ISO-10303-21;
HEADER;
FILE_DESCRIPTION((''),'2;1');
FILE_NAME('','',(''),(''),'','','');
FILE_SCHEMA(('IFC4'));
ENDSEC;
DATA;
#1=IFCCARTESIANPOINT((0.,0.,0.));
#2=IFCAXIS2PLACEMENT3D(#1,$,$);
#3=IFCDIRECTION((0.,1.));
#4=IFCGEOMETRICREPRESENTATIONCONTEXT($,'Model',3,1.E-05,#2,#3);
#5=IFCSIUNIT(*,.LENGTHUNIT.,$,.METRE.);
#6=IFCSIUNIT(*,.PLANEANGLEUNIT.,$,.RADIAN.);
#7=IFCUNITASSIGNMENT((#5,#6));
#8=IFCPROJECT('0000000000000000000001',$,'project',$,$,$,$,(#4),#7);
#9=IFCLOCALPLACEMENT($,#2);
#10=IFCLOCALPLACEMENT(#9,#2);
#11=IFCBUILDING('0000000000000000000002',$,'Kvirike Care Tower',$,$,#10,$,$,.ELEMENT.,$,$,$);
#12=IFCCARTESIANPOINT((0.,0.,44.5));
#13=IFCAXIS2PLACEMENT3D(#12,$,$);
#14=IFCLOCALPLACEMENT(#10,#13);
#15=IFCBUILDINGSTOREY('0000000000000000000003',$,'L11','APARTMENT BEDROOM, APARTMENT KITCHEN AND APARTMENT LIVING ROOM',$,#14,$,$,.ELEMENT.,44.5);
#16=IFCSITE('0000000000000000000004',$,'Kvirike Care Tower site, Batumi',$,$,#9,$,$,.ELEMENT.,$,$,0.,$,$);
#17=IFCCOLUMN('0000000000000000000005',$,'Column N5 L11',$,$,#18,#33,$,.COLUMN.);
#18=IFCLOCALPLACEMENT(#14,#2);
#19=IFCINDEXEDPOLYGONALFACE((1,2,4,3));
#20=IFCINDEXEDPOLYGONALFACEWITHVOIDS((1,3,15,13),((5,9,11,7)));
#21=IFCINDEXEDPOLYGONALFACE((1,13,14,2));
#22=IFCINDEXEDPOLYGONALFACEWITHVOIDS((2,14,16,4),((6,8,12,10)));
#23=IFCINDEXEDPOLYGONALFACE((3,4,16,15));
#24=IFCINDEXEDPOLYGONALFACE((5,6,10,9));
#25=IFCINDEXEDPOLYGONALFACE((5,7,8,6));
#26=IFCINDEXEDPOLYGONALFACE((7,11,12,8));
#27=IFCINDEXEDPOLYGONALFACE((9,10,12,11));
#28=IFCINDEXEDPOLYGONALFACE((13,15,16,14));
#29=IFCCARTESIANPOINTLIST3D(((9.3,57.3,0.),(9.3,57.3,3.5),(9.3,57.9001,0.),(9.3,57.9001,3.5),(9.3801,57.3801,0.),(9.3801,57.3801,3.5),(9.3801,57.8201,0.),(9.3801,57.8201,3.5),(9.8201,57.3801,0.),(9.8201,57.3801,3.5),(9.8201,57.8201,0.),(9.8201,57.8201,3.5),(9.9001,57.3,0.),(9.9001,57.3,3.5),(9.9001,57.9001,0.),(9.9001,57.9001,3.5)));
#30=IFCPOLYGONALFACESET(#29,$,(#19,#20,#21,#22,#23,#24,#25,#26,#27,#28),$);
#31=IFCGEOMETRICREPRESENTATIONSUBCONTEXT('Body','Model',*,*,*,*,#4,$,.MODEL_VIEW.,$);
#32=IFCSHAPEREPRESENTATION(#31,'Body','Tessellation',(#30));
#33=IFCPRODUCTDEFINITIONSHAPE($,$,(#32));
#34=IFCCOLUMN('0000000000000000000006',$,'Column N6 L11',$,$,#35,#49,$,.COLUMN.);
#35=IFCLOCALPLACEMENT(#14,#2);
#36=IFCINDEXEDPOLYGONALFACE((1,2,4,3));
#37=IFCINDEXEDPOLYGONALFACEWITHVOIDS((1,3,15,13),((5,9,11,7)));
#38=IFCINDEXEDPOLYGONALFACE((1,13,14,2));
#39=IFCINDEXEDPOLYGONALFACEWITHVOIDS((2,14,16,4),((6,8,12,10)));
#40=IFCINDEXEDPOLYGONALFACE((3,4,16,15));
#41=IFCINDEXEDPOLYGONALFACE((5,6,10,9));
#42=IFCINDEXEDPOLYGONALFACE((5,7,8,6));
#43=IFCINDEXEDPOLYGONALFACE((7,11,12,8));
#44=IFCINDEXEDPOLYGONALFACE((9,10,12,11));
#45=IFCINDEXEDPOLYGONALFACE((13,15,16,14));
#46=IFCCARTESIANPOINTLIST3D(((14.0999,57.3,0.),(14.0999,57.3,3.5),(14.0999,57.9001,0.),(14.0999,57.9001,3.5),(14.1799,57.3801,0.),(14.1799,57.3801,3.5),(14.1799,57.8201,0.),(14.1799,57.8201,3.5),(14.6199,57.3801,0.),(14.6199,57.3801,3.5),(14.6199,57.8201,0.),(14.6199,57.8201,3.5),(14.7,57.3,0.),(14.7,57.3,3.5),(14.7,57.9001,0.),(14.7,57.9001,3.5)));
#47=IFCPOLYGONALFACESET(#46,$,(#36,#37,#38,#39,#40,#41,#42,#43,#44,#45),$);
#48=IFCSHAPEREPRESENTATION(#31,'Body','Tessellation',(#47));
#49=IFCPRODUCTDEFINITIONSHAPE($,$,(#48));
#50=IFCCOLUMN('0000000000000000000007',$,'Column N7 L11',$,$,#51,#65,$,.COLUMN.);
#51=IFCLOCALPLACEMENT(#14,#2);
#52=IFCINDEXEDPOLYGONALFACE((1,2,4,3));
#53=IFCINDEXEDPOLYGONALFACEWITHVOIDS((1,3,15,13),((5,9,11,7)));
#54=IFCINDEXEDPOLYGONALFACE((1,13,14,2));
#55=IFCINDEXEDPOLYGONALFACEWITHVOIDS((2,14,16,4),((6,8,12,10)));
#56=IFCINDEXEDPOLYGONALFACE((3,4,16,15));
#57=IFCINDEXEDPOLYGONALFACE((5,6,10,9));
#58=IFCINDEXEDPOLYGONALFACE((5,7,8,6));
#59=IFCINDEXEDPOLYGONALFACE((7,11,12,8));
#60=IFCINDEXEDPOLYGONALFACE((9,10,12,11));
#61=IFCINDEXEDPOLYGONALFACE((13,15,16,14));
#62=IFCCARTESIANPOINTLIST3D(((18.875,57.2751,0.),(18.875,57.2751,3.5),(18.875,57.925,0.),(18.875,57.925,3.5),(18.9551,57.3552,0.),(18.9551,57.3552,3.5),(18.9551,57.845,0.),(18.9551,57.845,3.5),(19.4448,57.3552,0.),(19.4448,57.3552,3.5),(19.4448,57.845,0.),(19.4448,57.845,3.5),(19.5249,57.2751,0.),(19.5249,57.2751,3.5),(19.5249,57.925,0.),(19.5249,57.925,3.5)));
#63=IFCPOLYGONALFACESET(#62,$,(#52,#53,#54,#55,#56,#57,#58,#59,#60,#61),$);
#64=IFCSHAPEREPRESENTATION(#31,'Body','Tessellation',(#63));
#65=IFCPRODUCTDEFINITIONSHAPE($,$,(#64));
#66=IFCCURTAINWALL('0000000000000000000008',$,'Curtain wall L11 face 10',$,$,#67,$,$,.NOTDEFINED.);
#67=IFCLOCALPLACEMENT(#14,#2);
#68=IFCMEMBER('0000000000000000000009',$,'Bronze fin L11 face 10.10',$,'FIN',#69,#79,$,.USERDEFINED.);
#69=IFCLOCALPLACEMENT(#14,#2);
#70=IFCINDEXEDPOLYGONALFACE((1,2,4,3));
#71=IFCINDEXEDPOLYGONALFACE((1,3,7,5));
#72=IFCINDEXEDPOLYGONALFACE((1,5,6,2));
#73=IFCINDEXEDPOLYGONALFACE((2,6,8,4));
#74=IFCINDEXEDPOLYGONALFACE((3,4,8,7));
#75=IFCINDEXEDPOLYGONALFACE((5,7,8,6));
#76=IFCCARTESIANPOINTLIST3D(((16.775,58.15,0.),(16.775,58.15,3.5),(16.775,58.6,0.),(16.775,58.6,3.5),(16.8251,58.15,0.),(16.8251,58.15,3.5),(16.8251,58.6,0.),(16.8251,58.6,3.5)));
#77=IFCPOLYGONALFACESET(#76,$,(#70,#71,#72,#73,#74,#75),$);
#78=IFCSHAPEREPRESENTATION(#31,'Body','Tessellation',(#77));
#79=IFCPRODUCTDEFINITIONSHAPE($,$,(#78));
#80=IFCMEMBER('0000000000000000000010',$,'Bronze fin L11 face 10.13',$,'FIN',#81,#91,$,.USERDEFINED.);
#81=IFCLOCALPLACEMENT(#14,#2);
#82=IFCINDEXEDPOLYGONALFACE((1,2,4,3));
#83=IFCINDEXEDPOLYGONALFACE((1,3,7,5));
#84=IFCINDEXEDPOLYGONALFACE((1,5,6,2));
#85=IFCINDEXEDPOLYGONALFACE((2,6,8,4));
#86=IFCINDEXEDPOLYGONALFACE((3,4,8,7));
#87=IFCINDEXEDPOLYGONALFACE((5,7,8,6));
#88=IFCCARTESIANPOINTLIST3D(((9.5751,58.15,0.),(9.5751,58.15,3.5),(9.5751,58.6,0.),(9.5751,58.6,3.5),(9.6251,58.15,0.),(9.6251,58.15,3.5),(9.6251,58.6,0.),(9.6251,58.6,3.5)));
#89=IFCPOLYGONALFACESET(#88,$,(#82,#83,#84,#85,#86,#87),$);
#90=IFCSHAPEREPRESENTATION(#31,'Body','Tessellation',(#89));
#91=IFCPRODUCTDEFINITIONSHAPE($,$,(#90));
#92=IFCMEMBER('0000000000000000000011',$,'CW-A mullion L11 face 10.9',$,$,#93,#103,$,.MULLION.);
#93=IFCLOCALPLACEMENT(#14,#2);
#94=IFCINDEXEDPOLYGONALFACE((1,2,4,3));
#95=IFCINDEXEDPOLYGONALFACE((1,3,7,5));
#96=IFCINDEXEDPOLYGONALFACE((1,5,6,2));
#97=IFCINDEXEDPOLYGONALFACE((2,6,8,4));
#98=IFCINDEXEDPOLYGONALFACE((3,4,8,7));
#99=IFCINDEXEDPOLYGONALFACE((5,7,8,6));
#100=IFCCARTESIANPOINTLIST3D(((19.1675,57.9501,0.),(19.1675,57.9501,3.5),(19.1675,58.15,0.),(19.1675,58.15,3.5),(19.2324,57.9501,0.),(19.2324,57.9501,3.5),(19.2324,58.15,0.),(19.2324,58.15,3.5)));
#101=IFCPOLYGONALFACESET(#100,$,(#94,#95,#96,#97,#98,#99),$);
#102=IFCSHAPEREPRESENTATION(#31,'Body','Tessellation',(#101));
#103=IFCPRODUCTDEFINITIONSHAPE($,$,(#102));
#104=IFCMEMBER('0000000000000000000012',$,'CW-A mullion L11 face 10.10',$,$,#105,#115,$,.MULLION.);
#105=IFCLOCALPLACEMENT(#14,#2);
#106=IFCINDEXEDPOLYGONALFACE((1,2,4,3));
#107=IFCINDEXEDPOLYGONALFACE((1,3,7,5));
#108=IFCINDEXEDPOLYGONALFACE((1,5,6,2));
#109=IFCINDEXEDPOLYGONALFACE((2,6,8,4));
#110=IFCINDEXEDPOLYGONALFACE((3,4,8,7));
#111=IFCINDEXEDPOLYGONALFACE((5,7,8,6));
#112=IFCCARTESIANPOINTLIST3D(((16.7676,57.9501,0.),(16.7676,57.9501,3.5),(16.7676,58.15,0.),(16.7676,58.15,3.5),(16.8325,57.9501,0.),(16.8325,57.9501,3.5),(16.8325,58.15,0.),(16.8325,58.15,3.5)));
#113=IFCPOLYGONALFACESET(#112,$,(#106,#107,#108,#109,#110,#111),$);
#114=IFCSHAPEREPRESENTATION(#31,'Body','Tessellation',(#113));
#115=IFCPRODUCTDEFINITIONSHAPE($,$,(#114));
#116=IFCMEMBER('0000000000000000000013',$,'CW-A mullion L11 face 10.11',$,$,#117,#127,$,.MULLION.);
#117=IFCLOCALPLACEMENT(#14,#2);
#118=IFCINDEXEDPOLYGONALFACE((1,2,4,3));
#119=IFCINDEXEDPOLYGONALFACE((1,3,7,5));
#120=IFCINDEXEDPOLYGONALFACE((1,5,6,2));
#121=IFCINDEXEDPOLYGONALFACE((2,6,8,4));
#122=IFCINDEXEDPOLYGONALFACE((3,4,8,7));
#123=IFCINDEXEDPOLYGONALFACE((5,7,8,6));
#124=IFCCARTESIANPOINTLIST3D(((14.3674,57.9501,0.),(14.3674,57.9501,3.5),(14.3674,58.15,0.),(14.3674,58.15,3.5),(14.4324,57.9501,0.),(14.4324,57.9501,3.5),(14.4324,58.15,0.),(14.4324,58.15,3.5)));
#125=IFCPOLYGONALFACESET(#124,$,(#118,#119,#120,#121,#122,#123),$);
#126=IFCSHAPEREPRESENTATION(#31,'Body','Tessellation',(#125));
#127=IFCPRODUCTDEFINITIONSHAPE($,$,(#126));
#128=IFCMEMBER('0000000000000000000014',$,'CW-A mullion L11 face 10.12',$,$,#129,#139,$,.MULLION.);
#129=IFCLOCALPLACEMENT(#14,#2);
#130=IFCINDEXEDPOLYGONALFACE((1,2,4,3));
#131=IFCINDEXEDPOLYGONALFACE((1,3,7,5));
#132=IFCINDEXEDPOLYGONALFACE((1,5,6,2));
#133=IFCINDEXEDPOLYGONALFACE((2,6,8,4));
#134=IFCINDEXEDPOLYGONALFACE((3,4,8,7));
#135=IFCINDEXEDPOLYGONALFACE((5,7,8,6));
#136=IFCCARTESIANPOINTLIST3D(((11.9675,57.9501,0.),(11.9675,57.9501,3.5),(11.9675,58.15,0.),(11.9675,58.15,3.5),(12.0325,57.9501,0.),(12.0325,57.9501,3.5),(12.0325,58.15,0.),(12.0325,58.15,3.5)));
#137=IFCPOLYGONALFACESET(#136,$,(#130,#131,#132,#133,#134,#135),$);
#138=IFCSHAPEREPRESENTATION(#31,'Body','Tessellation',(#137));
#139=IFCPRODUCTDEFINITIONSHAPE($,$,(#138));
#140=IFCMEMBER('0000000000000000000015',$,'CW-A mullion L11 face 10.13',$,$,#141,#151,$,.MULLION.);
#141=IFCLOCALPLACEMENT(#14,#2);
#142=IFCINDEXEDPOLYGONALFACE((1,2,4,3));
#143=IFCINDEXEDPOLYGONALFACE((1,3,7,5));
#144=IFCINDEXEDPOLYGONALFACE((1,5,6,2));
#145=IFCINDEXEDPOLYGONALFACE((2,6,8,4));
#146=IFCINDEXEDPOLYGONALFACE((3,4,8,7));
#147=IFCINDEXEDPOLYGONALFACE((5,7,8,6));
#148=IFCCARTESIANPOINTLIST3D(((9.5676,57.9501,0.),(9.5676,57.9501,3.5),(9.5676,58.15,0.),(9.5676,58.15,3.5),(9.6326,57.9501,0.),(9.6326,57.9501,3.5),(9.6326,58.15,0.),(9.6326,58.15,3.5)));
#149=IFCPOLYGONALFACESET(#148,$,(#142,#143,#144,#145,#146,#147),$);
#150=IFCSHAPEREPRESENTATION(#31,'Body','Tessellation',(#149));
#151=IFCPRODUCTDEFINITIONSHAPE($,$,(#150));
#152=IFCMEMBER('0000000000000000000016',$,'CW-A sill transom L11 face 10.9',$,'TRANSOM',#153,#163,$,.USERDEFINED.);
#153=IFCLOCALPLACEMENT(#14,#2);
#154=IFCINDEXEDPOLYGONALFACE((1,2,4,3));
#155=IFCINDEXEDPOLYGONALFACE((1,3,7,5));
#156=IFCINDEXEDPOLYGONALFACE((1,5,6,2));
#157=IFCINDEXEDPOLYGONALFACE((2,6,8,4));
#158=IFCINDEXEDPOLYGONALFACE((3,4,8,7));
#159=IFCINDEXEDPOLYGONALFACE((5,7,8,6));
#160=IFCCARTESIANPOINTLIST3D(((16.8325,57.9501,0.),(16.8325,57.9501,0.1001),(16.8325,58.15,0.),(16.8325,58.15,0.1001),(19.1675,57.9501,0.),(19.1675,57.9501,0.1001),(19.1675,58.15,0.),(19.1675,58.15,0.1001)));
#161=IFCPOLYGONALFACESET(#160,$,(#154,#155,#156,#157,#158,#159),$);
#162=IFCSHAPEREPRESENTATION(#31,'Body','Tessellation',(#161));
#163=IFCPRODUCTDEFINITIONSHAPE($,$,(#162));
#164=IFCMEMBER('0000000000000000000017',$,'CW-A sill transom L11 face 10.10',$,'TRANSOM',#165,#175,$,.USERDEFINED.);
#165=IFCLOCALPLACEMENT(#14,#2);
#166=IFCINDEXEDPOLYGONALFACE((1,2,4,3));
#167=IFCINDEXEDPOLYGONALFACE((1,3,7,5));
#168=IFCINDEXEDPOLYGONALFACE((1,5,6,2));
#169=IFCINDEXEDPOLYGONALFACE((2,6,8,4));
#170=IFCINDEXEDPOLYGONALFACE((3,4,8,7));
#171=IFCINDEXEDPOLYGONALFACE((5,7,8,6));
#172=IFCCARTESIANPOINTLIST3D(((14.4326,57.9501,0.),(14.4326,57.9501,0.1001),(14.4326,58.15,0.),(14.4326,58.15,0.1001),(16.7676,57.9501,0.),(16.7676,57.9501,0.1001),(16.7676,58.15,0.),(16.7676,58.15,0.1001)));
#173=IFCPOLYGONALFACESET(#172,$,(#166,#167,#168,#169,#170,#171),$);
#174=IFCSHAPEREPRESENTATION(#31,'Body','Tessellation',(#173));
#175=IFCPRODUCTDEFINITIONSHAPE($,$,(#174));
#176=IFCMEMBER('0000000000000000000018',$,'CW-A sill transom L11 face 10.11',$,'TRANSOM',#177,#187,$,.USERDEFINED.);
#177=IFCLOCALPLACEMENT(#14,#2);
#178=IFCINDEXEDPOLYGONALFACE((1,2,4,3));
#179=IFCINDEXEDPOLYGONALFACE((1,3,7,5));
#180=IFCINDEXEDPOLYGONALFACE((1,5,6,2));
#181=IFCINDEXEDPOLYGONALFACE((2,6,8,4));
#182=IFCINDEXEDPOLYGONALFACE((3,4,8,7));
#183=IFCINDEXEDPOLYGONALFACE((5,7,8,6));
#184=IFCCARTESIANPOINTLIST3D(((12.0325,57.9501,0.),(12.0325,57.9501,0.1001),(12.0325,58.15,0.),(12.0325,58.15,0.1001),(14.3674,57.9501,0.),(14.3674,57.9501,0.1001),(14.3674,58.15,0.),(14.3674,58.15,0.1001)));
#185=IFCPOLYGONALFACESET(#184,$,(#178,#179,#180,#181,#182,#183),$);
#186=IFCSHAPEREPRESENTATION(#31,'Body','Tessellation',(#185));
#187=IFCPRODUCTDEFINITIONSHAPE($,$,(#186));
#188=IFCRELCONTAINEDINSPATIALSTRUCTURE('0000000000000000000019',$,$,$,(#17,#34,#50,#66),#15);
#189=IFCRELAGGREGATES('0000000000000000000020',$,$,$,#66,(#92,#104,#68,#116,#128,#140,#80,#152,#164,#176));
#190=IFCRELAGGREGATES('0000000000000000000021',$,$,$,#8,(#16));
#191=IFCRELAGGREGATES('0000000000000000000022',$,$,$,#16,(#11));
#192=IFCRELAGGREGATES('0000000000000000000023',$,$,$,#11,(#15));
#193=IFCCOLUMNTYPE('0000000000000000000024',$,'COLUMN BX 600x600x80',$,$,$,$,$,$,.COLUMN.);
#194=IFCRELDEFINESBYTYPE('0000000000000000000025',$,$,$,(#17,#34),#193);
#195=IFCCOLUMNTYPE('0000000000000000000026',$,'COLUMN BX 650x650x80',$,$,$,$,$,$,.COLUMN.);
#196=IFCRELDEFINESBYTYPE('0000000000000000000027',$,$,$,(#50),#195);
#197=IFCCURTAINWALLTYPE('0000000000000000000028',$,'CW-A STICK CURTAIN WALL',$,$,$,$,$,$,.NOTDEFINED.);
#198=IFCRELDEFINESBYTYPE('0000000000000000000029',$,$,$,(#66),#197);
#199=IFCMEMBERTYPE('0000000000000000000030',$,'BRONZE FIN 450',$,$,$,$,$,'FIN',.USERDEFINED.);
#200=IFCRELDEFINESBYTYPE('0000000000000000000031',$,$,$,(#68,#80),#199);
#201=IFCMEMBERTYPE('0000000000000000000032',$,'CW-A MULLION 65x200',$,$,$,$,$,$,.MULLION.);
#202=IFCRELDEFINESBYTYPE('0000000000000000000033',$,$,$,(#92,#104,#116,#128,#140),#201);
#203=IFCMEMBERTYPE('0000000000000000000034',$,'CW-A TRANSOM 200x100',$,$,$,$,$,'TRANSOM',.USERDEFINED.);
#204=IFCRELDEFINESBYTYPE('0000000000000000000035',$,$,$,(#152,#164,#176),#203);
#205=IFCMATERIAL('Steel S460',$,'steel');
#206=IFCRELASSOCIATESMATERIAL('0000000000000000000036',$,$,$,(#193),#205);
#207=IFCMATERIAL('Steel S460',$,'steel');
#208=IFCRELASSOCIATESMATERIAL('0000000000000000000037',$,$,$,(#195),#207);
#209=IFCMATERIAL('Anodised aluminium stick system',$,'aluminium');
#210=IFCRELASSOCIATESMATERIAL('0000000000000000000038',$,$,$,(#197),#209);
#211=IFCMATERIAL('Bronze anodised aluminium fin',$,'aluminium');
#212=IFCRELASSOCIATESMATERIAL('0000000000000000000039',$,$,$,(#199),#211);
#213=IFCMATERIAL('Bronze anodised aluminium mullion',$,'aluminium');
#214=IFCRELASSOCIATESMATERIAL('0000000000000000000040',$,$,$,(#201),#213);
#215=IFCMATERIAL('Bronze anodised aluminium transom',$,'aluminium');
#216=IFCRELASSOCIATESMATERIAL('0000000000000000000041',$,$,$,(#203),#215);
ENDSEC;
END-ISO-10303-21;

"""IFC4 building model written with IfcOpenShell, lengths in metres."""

from ifc_helpers import new_model, si_unit, direction, frame, origin, origin_2d, place, context, subcontext, project, spatial, rectangle, hollow_rectangle, extrude, material, material_profile, profile_set, type_object, element, aggregate, save


model = new_model("IFC4")

# Units and contexts
model_context = context("Model", 3, precision=1e-05, world=origin(), true_north=direction((0.0, 1.0)))
body_context = subcontext(model_context, "Body", "Model", "MODEL_VIEW")
ifc_project = project(units=[si_unit("LENGTHUNIT", "METRE"), si_unit("PLANEANGLEUNIT", "RADIAN")], contexts=[model_context])

# Site, building, storey
site_placement = place(None, origin())
site = spatial("IfcSite", under=ifc_project, at=site_placement, Name="Kvirike Care Tower site, Batumi", CompositionType="ELEMENT", RefElevation=0.0)
building_placement = place(site_placement, origin())
building = spatial("IfcBuilding", under=site, at=building_placement, Name="Kvirike Care Tower", CompositionType="ELEMENT")
storey_placement = place(building_placement, frame((0.0, 0.0, 44.5)))
storey = spatial("IfcBuildingStorey", under=building, at=storey_placement, Name="L11", Description="APARTMENT BEDROOM, APARTMENT KITCHEN AND APARTMENT LIVING ROOM", CompositionType="ELEMENT", Elevation=44.5)

# Columns
ifc_material_1 = material(Name="Steel S460", Category="steel")
ifc_material_profile_1 = material_profile(ifc_material_1, hollow_rectangle(XDim=0.6001, YDim=0.6001, WallThickness=0.0801, at=origin_2d()), Name="BX 600x600x80")
ifc_profile_set_1 = profile_set([ifc_material_profile_1], Name="Steel S460")
column_type_1 = type_object("IfcColumnType", Name="COLUMN BX 600x600x80", PredefinedType="COLUMN", material=ifc_profile_set_1)
for number, where, z_axis, x_axis, name in (
    (1, (9.6001, 57.6001, 0.0), (0.0, 0.0, 1.0), (0.0, 1.0, 0.0), "Column N5 L11"),
    (2, (14.3999, 57.6001, 0.0), (0.0, 0.0, 1.0), (0.0, 1.0, 0.0), "Column N6 L11"),
):
    element("IfcColumn", number, at=place(storey_placement, frame(where, z_axis=z_axis, x_axis=x_axis)), inside=storey, type_object=column_type_1, Name=name, PredefinedType="COLUMN", context=body_context, shape_type="SweptSolid", body=[
        extrude(hollow_rectangle(XDim=0.6001, YDim=0.6001, WallThickness=0.0801, at=origin_2d()), origin(), (0.0, 0.0, 1.0), 3.5),
    ])
ifc_material_2 = material(Name="Steel S460", Category="steel")
ifc_material_profile_2 = material_profile(ifc_material_2, hollow_rectangle(XDim=0.6499, YDim=0.6499, WallThickness=0.0801, at=origin_2d()), Name="BX 650x650x80")
ifc_profile_set_2 = profile_set([ifc_material_profile_2], Name="Steel S460")
column_type_2 = type_object("IfcColumnType", Name="COLUMN BX 650x650x80", PredefinedType="COLUMN", material=ifc_profile_set_2)
column_placement = place(storey_placement, frame((19.2, 57.6001, 0.0), z_axis=(0.0, 0.0, 1.0), x_axis=(0.0, 1.0, 0.0)))
element("IfcColumn", 3, at=column_placement, inside=storey, type_object=column_type_2, Name="Column N7 L11", PredefinedType="COLUMN", context=body_context, shape_type="SweptSolid", body=[
    extrude(hollow_rectangle(XDim=0.6499, YDim=0.6499, WallThickness=0.0801, at=origin_2d()), origin(), (0.0, 0.0, 1.0), 3.5),
])

# Curtain wall, members
ifc_material_3 = material(Name="Anodised aluminium stick system", Category="aluminium")
curtain_wall_type = type_object("IfcCurtainWallType", Name="CW-A STICK CURTAIN WALL", PredefinedType="NOTDEFINED", material=ifc_material_3)
curtain_wall_placement = place(storey_placement, origin())
curtain_wall = element("IfcCurtainWall", 4, at=curtain_wall_placement, inside=storey, type_object=curtain_wall_type, Name="Curtain wall L11 face 10", PredefinedType="NOTDEFINED")
ifc_material_4 = material(Name="Bronze anodised aluminium fin", Category="aluminium")
ifc_material_profile_3 = material_profile(ifc_material_4, rectangle(XDim=0.05, YDim=0.45, at=origin_2d()), Name="BRONZE FIN 450")
ifc_profile_set_3 = profile_set([ifc_material_profile_3], Name="Bronze anodised aluminium fin")
member_type_1 = type_object("IfcMemberType", Name="BRONZE FIN 450", ElementType="FIN", PredefinedType="USERDEFINED", material=ifc_profile_set_3)
member_1_placement = place(storey_placement, frame((16.8, 58.375, 0.0), z_axis=(0.0, 0.0, 1.0), x_axis=(-1.0, 0.0, 0.0)))
member_1 = element("IfcMember", 5, at=member_1_placement, type_object=member_type_1, Name="Bronze fin L11 face 10.10", ObjectType="FIN", PredefinedType="USERDEFINED", context=body_context, shape_type="SweptSolid", body=[
    extrude(rectangle(XDim=0.05, YDim=0.45, at=origin_2d()), origin(), (0.0, 0.0, 1.0), 3.5),
])
member_2_placement = place(storey_placement, frame((9.6001, 58.375, 0.0), z_axis=(0.0, 0.0, 1.0), x_axis=(-1.0, 0.0, 0.0)))
member_2 = element("IfcMember", 6, at=member_2_placement, type_object=member_type_1, Name="Bronze fin L11 face 10.13", ObjectType="FIN", PredefinedType="USERDEFINED", context=body_context, shape_type="SweptSolid", body=[
    extrude(rectangle(XDim=0.05, YDim=0.45, at=origin_2d()), origin(), (0.0, 0.0, 1.0), 3.5),
])
ifc_material_5 = material(Name="Bronze anodised aluminium mullion", Category="aluminium")
ifc_material_profile_4 = material_profile(ifc_material_5, rectangle(XDim=0.0649, YDim=0.2, at=origin_2d()), Name="CW-A MULLION 65x200")
ifc_profile_set_4 = profile_set([ifc_material_profile_4], Name="Bronze anodised aluminium mullion")
member_type_2 = type_object("IfcMemberType", Name="CW-A MULLION 65x200", PredefinedType="MULLION", material=ifc_profile_set_4)
member_3_placement = place(storey_placement, frame((19.2, 58.05, 0.0), z_axis=(0.0, 0.0, 1.0), x_axis=(-1.0, 0.0, 0.0)))
member_3 = element("IfcMember", 7, at=member_3_placement, type_object=member_type_2, Name="CW-A mullion L11 face 10.9", PredefinedType="MULLION", context=body_context, shape_type="SweptSolid", body=[
    extrude(rectangle(XDim=0.0649, YDim=0.2, at=origin_2d()), origin(), (0.0, 0.0, 1.0), 3.5),
])
member_4_placement = place(storey_placement, frame((16.8, 58.05, 0.0), z_axis=(0.0, 0.0, 1.0), x_axis=(-1.0, 0.0, 0.0)))
member_4 = element("IfcMember", 8, at=member_4_placement, type_object=member_type_2, Name="CW-A mullion L11 face 10.10", PredefinedType="MULLION", context=body_context, shape_type="SweptSolid", body=[
    extrude(rectangle(XDim=0.0649, YDim=0.2, at=origin_2d()), origin(), (0.0, 0.0, 1.0), 3.5),
])
member_5_placement = place(storey_placement, frame((14.3999, 58.05, 0.0), z_axis=(0.0, 0.0, 1.0), x_axis=(-1.0, 0.0, 0.0)))
member_5 = element("IfcMember", 9, at=member_5_placement, type_object=member_type_2, Name="CW-A mullion L11 face 10.11", PredefinedType="MULLION", context=body_context, shape_type="SweptSolid", body=[
    extrude(rectangle(XDim=0.0649, YDim=0.2, at=origin_2d()), origin(), (0.0, 0.0, 1.0), 3.5),
])
member_6_placement = place(storey_placement, frame((12.0, 58.05, 0.0), z_axis=(0.0, 0.0, 1.0), x_axis=(-1.0, 0.0, 0.0)))
member_6 = element("IfcMember", 10, at=member_6_placement, type_object=member_type_2, Name="CW-A mullion L11 face 10.12", PredefinedType="MULLION", context=body_context, shape_type="SweptSolid", body=[
    extrude(rectangle(XDim=0.0649, YDim=0.2, at=origin_2d()), origin(), (0.0, 0.0, 1.0), 3.5),
])
member_7_placement = place(storey_placement, frame((9.6001, 58.05, 0.0), z_axis=(0.0, 0.0, 1.0), x_axis=(-1.0, 0.0, 0.0)))
member_7 = element("IfcMember", 11, at=member_7_placement, type_object=member_type_2, Name="CW-A mullion L11 face 10.13", PredefinedType="MULLION", context=body_context, shape_type="SweptSolid", body=[
    extrude(rectangle(XDim=0.0649, YDim=0.2, at=origin_2d()), origin(), (0.0, 0.0, 1.0), 3.5),
])
ifc_material_6 = material(Name="Bronze anodised aluminium transom", Category="aluminium")
ifc_material_profile_5 = material_profile(ifc_material_6, rectangle(XDim=0.2, YDim=0.1001, at=origin_2d()), Name="CW-A TRANSOM 200x100")
ifc_profile_set_5 = profile_set([ifc_material_profile_5], Name="Bronze anodised aluminium transom")
member_type_3 = type_object("IfcMemberType", Name="CW-A TRANSOM 200x100", ElementType="TRANSOM", PredefinedType="USERDEFINED", material=ifc_profile_set_5)
member_8_placement = place(storey_placement, frame((19.1675, 58.05, 0.05), z_axis=(-1.0, 0.0, 0.0), x_axis=(0.0, -1.0, 0.0)))
member_8 = element("IfcMember", 12, at=member_8_placement, type_object=member_type_3, Name="CW-A sill transom L11 face 10.9", ObjectType="TRANSOM", PredefinedType="USERDEFINED", context=body_context, shape_type="SweptSolid", body=[
    extrude(rectangle(XDim=0.2, YDim=0.1001, at=origin_2d()), origin(), (0.0, 0.0, 1.0), 2.335),
])
member_9_placement = place(storey_placement, frame((16.7676, 58.05, 0.05), z_axis=(-1.0, 0.0, 0.0), x_axis=(0.0, -1.0, 0.0)))
member_9 = element("IfcMember", 13, at=member_9_placement, type_object=member_type_3, Name="CW-A sill transom L11 face 10.10", ObjectType="TRANSOM", PredefinedType="USERDEFINED", context=body_context, shape_type="SweptSolid", body=[
    extrude(rectangle(XDim=0.2, YDim=0.1001, at=origin_2d()), origin(), (0.0, 0.0, 1.0), 2.335),
])
member_10_placement = place(storey_placement, frame((14.3674, 58.05, 0.05), z_axis=(-1.0, 0.0, 0.0), x_axis=(0.0, -1.0, 0.0)))
member_10 = element("IfcMember", 14, at=member_10_placement, type_object=member_type_3, Name="CW-A sill transom L11 face 10.11", ObjectType="TRANSOM", PredefinedType="USERDEFINED", context=body_context, shape_type="SweptSolid", body=[
    extrude(rectangle(XDim=0.2, YDim=0.1001, at=origin_2d()), origin(), (0.0, 0.0, 1.0), 2.335),
])

aggregate(curtain_wall, [member_3, member_4, member_1, member_5, member_6, member_7, member_2, member_8, member_9, member_10])

save(model, "model.ifc")
